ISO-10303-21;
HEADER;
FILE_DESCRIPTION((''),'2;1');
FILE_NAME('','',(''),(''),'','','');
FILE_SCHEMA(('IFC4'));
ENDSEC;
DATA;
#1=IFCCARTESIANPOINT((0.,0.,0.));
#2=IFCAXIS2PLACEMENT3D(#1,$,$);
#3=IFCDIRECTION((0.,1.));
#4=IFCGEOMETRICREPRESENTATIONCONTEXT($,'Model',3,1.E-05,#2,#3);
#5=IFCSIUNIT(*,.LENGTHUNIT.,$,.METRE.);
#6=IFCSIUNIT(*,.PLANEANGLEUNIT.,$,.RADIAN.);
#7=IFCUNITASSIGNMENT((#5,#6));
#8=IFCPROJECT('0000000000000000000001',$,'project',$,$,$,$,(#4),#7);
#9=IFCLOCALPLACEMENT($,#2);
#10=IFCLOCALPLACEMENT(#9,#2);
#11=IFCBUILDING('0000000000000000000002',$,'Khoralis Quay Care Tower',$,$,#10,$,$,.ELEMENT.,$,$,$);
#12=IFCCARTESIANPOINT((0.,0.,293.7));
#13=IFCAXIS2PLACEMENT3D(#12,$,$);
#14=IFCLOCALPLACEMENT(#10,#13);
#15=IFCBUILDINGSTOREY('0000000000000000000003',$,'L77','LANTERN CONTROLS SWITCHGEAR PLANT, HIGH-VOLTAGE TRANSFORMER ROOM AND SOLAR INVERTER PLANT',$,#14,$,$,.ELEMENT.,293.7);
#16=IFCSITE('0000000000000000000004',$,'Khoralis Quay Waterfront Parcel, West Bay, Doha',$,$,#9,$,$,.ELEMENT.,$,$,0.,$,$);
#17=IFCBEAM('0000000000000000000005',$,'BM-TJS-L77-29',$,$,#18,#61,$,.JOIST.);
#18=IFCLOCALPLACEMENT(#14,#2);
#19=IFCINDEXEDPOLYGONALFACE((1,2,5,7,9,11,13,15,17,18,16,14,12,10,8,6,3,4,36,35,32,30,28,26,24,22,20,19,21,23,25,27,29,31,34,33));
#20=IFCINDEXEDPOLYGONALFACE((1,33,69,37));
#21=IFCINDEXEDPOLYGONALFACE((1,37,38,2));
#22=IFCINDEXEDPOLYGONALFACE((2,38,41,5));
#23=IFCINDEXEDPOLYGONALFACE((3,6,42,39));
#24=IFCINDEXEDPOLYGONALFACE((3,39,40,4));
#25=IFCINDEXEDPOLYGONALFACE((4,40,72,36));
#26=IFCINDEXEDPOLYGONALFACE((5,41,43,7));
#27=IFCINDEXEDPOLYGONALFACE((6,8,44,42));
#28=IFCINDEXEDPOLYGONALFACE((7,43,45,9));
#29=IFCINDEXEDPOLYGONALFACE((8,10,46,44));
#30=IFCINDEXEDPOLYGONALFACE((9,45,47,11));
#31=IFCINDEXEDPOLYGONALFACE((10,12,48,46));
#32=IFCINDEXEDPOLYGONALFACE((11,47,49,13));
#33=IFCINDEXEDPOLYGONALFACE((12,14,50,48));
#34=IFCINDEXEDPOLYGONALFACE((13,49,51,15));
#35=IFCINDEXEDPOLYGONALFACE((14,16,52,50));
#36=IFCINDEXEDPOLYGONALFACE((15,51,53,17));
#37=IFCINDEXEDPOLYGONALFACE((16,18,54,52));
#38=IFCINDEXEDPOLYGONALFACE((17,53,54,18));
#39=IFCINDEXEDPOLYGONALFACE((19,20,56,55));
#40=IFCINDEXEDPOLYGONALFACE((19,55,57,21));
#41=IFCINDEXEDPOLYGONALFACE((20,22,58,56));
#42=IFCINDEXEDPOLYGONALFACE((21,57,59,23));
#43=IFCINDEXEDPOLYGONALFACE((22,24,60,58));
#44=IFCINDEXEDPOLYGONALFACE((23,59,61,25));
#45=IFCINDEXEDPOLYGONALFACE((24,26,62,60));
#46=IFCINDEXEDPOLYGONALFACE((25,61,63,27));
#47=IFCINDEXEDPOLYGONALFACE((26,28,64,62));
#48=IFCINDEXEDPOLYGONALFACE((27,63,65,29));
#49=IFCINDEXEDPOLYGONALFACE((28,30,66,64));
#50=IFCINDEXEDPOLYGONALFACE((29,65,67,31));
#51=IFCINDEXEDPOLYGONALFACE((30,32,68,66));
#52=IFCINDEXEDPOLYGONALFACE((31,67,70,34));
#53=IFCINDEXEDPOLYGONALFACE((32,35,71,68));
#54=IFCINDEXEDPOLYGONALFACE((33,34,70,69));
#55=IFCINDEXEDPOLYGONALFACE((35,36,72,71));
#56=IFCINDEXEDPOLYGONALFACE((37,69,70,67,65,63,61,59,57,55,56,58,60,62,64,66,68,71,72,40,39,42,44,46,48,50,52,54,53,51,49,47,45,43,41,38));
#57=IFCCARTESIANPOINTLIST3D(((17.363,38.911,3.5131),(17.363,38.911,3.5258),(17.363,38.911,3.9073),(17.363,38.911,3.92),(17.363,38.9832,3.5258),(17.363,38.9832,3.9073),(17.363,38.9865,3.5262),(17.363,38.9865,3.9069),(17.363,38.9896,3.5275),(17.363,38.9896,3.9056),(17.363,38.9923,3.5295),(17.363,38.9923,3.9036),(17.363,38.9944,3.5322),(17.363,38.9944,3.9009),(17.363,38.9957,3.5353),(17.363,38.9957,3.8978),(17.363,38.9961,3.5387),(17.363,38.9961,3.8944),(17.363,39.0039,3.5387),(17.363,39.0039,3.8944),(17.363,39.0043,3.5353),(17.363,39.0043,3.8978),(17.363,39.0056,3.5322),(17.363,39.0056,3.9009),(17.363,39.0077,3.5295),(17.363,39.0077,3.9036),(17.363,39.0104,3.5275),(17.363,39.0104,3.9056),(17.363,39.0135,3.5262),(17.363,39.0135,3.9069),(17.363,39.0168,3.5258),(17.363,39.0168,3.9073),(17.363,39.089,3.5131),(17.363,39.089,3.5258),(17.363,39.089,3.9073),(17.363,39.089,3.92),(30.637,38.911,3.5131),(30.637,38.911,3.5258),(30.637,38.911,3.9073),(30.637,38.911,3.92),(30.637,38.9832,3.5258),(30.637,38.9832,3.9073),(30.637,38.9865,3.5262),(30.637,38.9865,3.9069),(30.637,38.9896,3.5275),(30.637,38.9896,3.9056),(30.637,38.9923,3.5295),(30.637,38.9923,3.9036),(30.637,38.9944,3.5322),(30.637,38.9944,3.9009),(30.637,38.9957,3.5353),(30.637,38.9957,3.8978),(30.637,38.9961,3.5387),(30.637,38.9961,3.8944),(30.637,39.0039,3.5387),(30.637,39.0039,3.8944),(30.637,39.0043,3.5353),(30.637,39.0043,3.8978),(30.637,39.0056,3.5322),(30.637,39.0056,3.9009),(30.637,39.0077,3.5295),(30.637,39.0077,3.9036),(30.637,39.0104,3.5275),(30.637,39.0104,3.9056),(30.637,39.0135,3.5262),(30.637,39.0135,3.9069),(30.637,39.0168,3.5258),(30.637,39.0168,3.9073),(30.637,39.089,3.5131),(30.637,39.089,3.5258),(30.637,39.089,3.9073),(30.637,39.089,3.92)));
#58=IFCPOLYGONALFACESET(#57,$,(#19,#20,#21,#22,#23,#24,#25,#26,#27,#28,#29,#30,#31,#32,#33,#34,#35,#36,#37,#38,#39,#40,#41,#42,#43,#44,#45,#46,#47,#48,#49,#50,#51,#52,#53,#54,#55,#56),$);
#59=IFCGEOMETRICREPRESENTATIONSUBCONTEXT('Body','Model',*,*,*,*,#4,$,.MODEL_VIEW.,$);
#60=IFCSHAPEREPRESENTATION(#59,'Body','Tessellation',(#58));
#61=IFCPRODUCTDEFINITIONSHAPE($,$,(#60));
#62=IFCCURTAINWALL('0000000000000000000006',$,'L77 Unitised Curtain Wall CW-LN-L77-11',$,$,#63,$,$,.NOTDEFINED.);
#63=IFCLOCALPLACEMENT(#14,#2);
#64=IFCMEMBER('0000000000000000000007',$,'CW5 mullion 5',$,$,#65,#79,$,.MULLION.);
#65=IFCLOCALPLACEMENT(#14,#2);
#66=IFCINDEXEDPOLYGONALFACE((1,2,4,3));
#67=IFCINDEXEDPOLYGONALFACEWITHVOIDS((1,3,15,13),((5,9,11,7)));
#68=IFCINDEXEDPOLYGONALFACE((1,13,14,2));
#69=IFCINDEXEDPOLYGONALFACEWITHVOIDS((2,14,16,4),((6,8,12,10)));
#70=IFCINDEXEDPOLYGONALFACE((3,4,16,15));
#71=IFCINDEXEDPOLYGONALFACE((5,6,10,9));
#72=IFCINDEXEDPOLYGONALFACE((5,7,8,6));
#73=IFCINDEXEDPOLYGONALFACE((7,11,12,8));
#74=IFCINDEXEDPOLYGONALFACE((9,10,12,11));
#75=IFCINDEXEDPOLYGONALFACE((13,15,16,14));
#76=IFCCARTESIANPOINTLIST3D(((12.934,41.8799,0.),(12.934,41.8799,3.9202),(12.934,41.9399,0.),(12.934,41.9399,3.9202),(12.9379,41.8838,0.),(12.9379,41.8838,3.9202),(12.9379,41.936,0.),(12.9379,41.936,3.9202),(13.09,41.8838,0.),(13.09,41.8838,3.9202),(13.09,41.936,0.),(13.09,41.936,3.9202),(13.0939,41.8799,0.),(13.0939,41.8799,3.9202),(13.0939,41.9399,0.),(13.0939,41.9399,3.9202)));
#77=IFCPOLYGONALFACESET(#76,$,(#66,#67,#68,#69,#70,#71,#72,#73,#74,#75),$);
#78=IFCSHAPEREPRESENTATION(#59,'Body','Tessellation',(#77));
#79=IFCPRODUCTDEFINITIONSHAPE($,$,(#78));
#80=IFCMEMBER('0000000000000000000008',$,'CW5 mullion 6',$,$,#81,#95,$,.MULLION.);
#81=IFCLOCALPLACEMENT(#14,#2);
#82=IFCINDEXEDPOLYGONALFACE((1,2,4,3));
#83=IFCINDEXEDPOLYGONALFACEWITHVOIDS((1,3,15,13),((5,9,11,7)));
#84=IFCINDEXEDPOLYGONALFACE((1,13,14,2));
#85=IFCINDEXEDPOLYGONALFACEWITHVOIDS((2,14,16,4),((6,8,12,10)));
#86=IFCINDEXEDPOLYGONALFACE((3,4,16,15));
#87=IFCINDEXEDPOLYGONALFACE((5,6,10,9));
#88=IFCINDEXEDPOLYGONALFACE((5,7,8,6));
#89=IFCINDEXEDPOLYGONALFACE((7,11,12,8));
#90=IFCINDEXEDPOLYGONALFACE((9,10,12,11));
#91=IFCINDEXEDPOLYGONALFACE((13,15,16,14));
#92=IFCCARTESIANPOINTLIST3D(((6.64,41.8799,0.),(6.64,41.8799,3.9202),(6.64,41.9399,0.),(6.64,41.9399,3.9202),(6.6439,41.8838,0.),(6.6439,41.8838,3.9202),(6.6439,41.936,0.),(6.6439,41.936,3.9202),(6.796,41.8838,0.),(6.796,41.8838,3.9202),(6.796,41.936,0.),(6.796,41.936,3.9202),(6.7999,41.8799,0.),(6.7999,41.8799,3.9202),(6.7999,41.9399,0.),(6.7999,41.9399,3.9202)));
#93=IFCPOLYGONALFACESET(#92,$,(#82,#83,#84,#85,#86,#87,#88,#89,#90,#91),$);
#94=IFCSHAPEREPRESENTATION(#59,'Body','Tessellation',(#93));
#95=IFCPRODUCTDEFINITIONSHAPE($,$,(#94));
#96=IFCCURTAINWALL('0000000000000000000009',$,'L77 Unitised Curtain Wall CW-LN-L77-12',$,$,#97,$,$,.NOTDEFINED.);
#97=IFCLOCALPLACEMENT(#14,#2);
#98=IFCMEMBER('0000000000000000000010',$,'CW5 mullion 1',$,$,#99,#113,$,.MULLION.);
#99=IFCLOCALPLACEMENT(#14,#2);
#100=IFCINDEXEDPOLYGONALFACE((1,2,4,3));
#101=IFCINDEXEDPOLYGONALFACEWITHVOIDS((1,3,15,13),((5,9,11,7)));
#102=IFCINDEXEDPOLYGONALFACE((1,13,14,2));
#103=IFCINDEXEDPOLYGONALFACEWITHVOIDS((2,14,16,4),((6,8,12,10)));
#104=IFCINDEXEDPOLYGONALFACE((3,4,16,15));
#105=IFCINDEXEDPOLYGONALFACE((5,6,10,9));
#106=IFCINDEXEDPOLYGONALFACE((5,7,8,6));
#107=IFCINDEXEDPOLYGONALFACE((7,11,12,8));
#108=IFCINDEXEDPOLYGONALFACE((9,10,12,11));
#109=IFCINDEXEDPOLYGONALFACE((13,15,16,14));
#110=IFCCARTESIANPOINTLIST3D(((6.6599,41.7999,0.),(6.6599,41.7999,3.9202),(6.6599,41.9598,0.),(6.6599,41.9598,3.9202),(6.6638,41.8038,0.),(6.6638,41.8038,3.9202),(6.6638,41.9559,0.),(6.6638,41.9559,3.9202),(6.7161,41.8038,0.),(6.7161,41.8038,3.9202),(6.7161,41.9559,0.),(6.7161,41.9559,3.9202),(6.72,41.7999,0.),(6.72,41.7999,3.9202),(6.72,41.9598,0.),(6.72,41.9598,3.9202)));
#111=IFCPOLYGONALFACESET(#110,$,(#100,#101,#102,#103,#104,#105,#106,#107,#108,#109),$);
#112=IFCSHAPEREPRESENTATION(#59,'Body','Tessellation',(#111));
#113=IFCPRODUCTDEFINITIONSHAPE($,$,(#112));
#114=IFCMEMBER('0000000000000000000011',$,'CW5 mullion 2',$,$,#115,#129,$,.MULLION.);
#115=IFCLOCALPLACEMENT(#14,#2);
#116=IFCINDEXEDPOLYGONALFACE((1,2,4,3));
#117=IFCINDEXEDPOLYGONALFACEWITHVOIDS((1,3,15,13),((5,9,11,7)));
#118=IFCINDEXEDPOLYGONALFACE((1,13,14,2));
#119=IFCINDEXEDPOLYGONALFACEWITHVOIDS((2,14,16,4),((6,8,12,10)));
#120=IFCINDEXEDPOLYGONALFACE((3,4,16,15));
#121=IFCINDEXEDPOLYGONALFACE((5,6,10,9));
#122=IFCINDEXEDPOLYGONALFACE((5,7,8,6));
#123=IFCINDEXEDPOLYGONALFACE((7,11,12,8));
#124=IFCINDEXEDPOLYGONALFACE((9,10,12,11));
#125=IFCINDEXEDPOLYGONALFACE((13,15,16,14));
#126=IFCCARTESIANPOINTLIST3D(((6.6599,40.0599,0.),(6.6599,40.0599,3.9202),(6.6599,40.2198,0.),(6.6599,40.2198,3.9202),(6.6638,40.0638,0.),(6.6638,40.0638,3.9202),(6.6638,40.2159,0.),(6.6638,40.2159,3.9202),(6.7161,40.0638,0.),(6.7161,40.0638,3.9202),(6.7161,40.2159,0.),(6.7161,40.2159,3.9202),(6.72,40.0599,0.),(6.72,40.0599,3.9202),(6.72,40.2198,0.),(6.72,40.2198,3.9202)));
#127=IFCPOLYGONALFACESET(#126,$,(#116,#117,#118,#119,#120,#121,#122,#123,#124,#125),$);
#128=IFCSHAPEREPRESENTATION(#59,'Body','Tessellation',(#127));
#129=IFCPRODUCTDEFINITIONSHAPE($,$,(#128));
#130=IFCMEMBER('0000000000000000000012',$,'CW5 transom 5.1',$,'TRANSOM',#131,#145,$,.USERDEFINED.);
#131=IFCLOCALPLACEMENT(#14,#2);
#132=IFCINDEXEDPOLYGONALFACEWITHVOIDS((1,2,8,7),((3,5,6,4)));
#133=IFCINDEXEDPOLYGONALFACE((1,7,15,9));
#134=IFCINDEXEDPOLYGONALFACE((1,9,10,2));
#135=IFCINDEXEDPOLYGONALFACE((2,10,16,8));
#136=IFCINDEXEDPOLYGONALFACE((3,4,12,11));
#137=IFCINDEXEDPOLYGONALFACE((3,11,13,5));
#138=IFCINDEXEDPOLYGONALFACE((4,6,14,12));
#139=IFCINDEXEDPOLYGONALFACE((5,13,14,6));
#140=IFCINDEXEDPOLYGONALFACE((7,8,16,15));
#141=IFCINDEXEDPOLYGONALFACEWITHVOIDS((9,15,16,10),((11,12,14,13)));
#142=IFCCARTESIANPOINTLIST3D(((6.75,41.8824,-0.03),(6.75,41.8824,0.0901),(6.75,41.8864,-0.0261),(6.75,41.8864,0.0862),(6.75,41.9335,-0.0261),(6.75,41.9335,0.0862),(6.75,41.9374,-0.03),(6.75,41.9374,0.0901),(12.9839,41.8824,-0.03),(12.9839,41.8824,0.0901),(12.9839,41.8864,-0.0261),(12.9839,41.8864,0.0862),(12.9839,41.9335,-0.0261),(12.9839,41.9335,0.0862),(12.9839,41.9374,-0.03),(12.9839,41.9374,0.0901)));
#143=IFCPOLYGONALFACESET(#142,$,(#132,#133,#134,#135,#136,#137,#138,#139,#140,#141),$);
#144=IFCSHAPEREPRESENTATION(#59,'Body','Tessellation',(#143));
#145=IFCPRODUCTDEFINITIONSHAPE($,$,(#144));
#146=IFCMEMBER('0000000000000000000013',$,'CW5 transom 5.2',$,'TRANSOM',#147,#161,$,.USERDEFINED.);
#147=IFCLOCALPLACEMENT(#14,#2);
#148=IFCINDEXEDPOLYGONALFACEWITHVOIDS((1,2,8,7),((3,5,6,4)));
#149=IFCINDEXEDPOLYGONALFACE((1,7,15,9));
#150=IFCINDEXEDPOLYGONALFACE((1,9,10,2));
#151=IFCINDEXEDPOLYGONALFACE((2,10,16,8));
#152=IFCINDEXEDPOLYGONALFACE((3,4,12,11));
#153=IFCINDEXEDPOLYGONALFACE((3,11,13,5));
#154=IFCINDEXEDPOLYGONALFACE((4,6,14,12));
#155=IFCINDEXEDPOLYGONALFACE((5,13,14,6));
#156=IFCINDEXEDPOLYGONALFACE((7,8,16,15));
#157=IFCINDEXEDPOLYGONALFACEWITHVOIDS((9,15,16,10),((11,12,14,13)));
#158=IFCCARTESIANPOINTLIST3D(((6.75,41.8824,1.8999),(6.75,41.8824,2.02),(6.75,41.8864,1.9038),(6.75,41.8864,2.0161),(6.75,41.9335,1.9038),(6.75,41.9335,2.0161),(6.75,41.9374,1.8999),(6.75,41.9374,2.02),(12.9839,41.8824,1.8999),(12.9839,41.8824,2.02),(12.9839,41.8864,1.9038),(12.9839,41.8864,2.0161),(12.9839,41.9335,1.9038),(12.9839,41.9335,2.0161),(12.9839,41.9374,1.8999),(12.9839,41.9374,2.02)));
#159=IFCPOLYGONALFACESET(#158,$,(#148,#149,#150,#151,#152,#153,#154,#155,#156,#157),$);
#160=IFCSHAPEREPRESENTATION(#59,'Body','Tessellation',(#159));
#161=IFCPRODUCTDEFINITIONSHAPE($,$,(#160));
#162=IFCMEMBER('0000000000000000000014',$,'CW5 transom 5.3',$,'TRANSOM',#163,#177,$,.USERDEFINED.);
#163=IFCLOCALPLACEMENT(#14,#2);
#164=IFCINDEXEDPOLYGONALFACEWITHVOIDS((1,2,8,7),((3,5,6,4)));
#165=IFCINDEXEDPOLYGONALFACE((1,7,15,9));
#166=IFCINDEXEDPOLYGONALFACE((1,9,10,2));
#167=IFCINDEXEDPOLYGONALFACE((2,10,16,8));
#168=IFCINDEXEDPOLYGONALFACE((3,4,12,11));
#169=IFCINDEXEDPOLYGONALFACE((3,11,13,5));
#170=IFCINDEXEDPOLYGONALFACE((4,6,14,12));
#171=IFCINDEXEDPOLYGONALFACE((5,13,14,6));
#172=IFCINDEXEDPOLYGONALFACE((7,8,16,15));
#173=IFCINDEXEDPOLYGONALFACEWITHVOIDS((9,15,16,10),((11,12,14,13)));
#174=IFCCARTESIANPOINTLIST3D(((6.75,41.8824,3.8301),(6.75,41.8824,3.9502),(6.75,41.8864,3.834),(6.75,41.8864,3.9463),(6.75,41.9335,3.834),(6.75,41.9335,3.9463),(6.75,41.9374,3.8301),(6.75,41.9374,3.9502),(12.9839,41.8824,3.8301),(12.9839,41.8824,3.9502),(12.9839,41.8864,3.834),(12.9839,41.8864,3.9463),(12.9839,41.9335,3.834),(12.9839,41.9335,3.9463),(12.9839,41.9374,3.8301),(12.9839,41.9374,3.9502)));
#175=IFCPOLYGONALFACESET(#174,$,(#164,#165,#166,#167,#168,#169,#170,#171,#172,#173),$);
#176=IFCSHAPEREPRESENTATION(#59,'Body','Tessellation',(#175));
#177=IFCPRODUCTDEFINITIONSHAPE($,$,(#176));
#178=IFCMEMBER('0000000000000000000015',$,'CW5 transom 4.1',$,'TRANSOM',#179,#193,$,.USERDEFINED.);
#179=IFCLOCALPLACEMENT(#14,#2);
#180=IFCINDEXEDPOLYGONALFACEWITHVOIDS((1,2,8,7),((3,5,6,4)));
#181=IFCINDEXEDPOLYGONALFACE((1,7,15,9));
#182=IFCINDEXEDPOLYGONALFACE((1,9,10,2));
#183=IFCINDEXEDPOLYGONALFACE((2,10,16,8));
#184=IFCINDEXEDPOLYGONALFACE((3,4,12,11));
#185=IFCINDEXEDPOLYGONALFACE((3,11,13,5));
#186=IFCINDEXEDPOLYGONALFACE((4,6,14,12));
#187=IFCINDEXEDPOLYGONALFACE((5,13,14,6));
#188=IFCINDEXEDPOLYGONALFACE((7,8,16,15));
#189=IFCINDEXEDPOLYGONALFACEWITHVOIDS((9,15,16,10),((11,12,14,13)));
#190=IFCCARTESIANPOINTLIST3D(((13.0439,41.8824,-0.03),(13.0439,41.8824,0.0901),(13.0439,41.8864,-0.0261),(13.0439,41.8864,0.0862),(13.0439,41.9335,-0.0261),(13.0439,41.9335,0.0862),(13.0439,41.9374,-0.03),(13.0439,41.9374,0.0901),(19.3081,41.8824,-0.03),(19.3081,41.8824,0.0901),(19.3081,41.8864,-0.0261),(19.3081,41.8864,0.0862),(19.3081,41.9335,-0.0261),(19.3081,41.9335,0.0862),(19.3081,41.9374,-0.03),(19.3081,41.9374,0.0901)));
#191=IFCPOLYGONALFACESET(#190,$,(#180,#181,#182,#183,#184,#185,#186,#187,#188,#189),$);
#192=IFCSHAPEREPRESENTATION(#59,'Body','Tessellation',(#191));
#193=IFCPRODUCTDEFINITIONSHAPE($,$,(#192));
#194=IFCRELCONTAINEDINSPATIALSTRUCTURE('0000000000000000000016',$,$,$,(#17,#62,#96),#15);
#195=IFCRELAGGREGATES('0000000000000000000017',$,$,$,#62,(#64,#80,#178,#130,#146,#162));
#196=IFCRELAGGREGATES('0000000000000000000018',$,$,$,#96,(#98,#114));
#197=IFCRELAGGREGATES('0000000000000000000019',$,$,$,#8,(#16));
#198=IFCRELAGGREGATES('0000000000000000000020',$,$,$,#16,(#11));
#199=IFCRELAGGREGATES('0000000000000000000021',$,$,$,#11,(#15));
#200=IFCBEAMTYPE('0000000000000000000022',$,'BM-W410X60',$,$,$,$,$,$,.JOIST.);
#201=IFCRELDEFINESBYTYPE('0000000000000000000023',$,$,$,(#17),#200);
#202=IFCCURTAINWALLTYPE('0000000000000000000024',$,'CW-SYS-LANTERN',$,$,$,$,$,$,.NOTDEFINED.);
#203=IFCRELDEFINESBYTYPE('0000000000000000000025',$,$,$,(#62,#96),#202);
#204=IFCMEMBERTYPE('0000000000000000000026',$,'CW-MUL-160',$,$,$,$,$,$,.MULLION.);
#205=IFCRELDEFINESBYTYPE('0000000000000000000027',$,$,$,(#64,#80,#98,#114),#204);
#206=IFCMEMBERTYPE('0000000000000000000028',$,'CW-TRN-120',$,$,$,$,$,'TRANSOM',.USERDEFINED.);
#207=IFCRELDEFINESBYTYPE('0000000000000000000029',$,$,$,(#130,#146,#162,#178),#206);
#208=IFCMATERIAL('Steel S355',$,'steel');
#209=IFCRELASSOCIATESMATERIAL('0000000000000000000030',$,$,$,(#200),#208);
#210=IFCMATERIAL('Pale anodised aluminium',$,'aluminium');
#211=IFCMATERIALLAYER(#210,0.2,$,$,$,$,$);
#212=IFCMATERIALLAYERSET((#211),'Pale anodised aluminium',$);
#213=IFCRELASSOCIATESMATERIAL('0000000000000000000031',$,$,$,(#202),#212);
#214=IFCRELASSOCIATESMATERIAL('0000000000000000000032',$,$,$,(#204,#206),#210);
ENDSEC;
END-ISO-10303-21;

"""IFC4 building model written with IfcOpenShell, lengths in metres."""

from ifc_helpers import new_model, si_unit, direction, frame, origin, origin_2d, place, context, subcontext, project, spatial, hollow_rectangle, i_section, extrude, source, transform, mapped, material, layer, layer_set, material_profile, profile_set, type_object, element, aggregate, save


model = new_model("IFC4")

# Units and contexts
model_context = context("Model", 3, precision=1e-05, world=origin(), true_north=direction((0.0, 1.0)))
body_context = subcontext(model_context, "Body", "Model", "MODEL_VIEW")
ifc_project = project(units=[si_unit("LENGTHUNIT", "METRE"), si_unit("PLANEANGLEUNIT", "RADIAN")], contexts=[model_context])

# Site, building, storey
site_placement = place(None, origin())
site = spatial("IfcSite", under=ifc_project, at=site_placement, Name="Khoralis Quay Waterfront Parcel, West Bay, Doha", CompositionType="ELEMENT", RefElevation=0.0)
building_placement = place(site_placement, origin())
building = spatial("IfcBuilding", under=site, at=building_placement, Name="Khoralis Quay Care Tower", CompositionType="ELEMENT")
storey_placement = place(building_placement, frame((0.0, 0.0, 293.7)))
storey = spatial("IfcBuildingStorey", under=building, at=storey_placement, Name="L77", Description="LANTERN CONTROLS SWITCHGEAR PLANT, HIGH-VOLTAGE TRANSFORMER ROOM AND SOLAR INVERTER PLANT", CompositionType="ELEMENT", Elevation=293.7)

# Beam
ifc_material_1 = material(Name="Steel S355", Category="steel")
ifc_material_profile_1 = material_profile(ifc_material_1, i_section(OverallWidth=0.178, OverallDepth=0.407, WebThickness=0.0078, FlangeThickness=0.0127, FilletRadius=0.0129, at=origin_2d()), Name="Steel S355")
ifc_profile_set_1 = profile_set([ifc_material_profile_1], Name="Steel S355")
beam_type_1 = type_object("IfcBeamType", Name="BM-W410X60", PredefinedType="JOIST", material=ifc_profile_set_1)
shared_shape_1 = source(origin(), body_context, "Body", "SweptSolid", [
    extrude(i_section(OverallWidth=0.178, OverallDepth=0.407, WebThickness=0.0078, FlangeThickness=0.0127, FilletRadius=0.0129, at=origin_2d()), origin(), (0.0, 0.0, 1.0), 13.2739),
])
beam_1_placement = place(storey_placement, frame((17.363, 39.0, 3.7166), z_axis=(1.0, 0.0, 0.0), x_axis=(0.0, 1.0, 0.0)))
element("IfcBeam", 1, at=beam_1_placement, inside=storey, type_object=beam_type_1, Name="BM-TJS-L77-29", PredefinedType="JOIST", context=body_context, shape_type="MappedRepresentation", body=[
    mapped(shared_shape_1, transform((0.0, 0.0, 0.0), scale=1.0)),
])

# Curtain walls, members
ifc_material_2 = material(Name="Pale anodised aluminium", Category="aluminium")
ifc_layer_1 = layer(ifc_material_2, 0.2)
ifc_layer_set_1 = layer_set([ifc_layer_1], Name="Pale anodised aluminium")
curtain_wall_type = type_object("IfcCurtainWallType", Name="CW-SYS-LANTERN", PredefinedType="NOTDEFINED", material=ifc_layer_set_1)
curtain_wall_1_placement = place(storey_placement, origin())
curtain_wall_1 = element("IfcCurtainWall", 2, at=curtain_wall_1_placement, inside=storey, type_object=curtain_wall_type, Name="L77 Unitised Curtain Wall CW-LN-L77-11", PredefinedType="NOTDEFINED")
ifc_material_profile_2 = material_profile(ifc_material_2, hollow_rectangle(XDim=0.0601, YDim=0.1599, WallThickness=0.0039, at=origin_2d()), Name="Pale anodised aluminium")
ifc_profile_set_2 = profile_set([ifc_material_profile_2], Name="Pale anodised aluminium")
member_type_1 = type_object("IfcMemberType", Name="CW-MUL-160", PredefinedType="MULLION", material=ifc_profile_set_2)
shared_shape_2 = source(origin(), body_context, "Body", "SweptSolid", [
    extrude(hollow_rectangle(XDim=0.0601, YDim=0.1599, WallThickness=0.0039, at=origin_2d()), origin(), (0.0, 0.0, 1.0), 3.9202),
])
member_1_placement = place(storey_placement, frame((13.0139, 41.9099, 0.0), z_axis=(0.0, 0.0, 1.0), x_axis=(0.0, -1.0, 0.0)))
member_1 = element("IfcMember", 3, at=member_1_placement, type_object=member_type_1, Name="CW5 mullion 5", PredefinedType="MULLION", context=body_context, shape_type="MappedRepresentation", body=[
    mapped(shared_shape_2, transform((0.0, 0.0, 0.0), scale=1.0)),
])
member_2_placement = place(storey_placement, frame((6.72, 41.9099, 0.0), z_axis=(0.0, 0.0, 1.0), x_axis=(0.0, -1.0, 0.0)))
member_2 = element("IfcMember", 4, at=member_2_placement, type_object=member_type_1, Name="CW5 mullion 6", PredefinedType="MULLION", context=body_context, shape_type="MappedRepresentation", body=[
    mapped(shared_shape_2, transform((0.0, 0.0, 0.0), scale=1.0)),
])
curtain_wall_2_placement = place(storey_placement, origin())
curtain_wall_2 = element("IfcCurtainWall", 5, at=curtain_wall_2_placement, inside=storey, type_object=curtain_wall_type, Name="L77 Unitised Curtain Wall CW-LN-L77-12", PredefinedType="NOTDEFINED")
member_3_placement = place(storey_placement, frame((6.6899, 41.8799, 0.0), z_axis=(0.0, 0.0, 1.0), x_axis=(1.0, 0.0, 0.0)))
member_3 = element("IfcMember", 6, at=member_3_placement, type_object=member_type_1, Name="CW5 mullion 1", PredefinedType="MULLION", context=body_context, shape_type="MappedRepresentation", body=[
    mapped(shared_shape_2, transform((0.0, 0.0, 0.0), scale=1.0)),
])
member_4_placement = place(storey_placement, frame((6.6899, 40.1399, 0.0), z_axis=(0.0, 0.0, 1.0), x_axis=(1.0, 0.0, 0.0)))
member_4 = element("IfcMember", 7, at=member_4_placement, type_object=member_type_1, Name="CW5 mullion 2", PredefinedType="MULLION", context=body_context, shape_type="MappedRepresentation", body=[
    mapped(shared_shape_2, transform((0.0, 0.0, 0.0), scale=1.0)),
])

# Members
ifc_material_profile_3 = material_profile(ifc_material_2, hollow_rectangle(XDim=0.0549, YDim=0.1201, WallThickness=0.0039, at=origin_2d()), Name="Pale anodised aluminium")
ifc_profile_set_3 = profile_set([ifc_material_profile_3], Name="Pale anodised aluminium")
member_type_2 = type_object("IfcMemberType", Name="CW-TRN-120", ElementType="TRANSOM", PredefinedType="USERDEFINED", material=ifc_profile_set_3)
shared_shape_3 = source(origin(), body_context, "Body", "SweptSolid", [
    extrude(hollow_rectangle(XDim=0.0549, YDim=0.1201, WallThickness=0.0039, at=origin_2d()), origin(), (0.0, 0.0, 1.0), 6.2339),
])
member_5_placement = place(storey_placement, frame((12.9839, 41.9099, 0.03), z_axis=(-1.0, 0.0, 0.0), x_axis=(0.0, -1.0, 0.0)))
member_5 = element("IfcMember", 8, at=member_5_placement, type_object=member_type_2, Name="CW5 transom 5.1", ObjectType="TRANSOM", PredefinedType="USERDEFINED", context=body_context, shape_type="MappedRepresentation", body=[
    mapped(shared_shape_3, transform((0.0, 0.0, 0.0), scale=1.0)),
])
member_6_placement = place(storey_placement, frame((12.9839, 41.9099, 1.96), z_axis=(-1.0, 0.0, 0.0), x_axis=(0.0, -1.0, 0.0)))
member_6 = element("IfcMember", 9, at=member_6_placement, type_object=member_type_2, Name="CW5 transom 5.2", ObjectType="TRANSOM", PredefinedType="USERDEFINED", context=body_context, shape_type="MappedRepresentation", body=[
    mapped(shared_shape_3, transform((0.0, 0.0, 0.0), scale=1.0)),
])
member_7_placement = place(storey_placement, frame((12.9839, 41.9099, 3.8901), z_axis=(-1.0, 0.0, 0.0), x_axis=(0.0, -1.0, 0.0)))
member_7 = element("IfcMember", 10, at=member_7_placement, type_object=member_type_2, Name="CW5 transom 5.3", ObjectType="TRANSOM", PredefinedType="USERDEFINED", context=body_context, shape_type="MappedRepresentation", body=[
    mapped(shared_shape_3, transform((0.0, 0.0, 0.0), scale=1.0)),
])
shared_shape_4 = source(origin(), body_context, "Body", "SweptSolid", [
    extrude(hollow_rectangle(XDim=0.0549, YDim=0.1201, WallThickness=0.0039, at=origin_2d()), origin(), (0.0, 0.0, 1.0), 6.2642),
])
member_8_placement = place(storey_placement, frame((19.3081, 41.9099, 0.03), z_axis=(-1.0, 0.0, 0.0), x_axis=(0.0, -1.0, 0.0)))
member_8 = element("IfcMember", 11, at=member_8_placement, type_object=member_type_2, Name="CW5 transom 4.1", ObjectType="TRANSOM", PredefinedType="USERDEFINED", context=body_context, shape_type="MappedRepresentation", body=[
    mapped(shared_shape_4, transform((0.0, 0.0, 0.0), scale=1.0)),
])

aggregate(curtain_wall_1, [member_1, member_2, member_8, member_5, member_6, member_7])
aggregate(curtain_wall_2, [member_3, member_4])

save(model, "model.ifc")
